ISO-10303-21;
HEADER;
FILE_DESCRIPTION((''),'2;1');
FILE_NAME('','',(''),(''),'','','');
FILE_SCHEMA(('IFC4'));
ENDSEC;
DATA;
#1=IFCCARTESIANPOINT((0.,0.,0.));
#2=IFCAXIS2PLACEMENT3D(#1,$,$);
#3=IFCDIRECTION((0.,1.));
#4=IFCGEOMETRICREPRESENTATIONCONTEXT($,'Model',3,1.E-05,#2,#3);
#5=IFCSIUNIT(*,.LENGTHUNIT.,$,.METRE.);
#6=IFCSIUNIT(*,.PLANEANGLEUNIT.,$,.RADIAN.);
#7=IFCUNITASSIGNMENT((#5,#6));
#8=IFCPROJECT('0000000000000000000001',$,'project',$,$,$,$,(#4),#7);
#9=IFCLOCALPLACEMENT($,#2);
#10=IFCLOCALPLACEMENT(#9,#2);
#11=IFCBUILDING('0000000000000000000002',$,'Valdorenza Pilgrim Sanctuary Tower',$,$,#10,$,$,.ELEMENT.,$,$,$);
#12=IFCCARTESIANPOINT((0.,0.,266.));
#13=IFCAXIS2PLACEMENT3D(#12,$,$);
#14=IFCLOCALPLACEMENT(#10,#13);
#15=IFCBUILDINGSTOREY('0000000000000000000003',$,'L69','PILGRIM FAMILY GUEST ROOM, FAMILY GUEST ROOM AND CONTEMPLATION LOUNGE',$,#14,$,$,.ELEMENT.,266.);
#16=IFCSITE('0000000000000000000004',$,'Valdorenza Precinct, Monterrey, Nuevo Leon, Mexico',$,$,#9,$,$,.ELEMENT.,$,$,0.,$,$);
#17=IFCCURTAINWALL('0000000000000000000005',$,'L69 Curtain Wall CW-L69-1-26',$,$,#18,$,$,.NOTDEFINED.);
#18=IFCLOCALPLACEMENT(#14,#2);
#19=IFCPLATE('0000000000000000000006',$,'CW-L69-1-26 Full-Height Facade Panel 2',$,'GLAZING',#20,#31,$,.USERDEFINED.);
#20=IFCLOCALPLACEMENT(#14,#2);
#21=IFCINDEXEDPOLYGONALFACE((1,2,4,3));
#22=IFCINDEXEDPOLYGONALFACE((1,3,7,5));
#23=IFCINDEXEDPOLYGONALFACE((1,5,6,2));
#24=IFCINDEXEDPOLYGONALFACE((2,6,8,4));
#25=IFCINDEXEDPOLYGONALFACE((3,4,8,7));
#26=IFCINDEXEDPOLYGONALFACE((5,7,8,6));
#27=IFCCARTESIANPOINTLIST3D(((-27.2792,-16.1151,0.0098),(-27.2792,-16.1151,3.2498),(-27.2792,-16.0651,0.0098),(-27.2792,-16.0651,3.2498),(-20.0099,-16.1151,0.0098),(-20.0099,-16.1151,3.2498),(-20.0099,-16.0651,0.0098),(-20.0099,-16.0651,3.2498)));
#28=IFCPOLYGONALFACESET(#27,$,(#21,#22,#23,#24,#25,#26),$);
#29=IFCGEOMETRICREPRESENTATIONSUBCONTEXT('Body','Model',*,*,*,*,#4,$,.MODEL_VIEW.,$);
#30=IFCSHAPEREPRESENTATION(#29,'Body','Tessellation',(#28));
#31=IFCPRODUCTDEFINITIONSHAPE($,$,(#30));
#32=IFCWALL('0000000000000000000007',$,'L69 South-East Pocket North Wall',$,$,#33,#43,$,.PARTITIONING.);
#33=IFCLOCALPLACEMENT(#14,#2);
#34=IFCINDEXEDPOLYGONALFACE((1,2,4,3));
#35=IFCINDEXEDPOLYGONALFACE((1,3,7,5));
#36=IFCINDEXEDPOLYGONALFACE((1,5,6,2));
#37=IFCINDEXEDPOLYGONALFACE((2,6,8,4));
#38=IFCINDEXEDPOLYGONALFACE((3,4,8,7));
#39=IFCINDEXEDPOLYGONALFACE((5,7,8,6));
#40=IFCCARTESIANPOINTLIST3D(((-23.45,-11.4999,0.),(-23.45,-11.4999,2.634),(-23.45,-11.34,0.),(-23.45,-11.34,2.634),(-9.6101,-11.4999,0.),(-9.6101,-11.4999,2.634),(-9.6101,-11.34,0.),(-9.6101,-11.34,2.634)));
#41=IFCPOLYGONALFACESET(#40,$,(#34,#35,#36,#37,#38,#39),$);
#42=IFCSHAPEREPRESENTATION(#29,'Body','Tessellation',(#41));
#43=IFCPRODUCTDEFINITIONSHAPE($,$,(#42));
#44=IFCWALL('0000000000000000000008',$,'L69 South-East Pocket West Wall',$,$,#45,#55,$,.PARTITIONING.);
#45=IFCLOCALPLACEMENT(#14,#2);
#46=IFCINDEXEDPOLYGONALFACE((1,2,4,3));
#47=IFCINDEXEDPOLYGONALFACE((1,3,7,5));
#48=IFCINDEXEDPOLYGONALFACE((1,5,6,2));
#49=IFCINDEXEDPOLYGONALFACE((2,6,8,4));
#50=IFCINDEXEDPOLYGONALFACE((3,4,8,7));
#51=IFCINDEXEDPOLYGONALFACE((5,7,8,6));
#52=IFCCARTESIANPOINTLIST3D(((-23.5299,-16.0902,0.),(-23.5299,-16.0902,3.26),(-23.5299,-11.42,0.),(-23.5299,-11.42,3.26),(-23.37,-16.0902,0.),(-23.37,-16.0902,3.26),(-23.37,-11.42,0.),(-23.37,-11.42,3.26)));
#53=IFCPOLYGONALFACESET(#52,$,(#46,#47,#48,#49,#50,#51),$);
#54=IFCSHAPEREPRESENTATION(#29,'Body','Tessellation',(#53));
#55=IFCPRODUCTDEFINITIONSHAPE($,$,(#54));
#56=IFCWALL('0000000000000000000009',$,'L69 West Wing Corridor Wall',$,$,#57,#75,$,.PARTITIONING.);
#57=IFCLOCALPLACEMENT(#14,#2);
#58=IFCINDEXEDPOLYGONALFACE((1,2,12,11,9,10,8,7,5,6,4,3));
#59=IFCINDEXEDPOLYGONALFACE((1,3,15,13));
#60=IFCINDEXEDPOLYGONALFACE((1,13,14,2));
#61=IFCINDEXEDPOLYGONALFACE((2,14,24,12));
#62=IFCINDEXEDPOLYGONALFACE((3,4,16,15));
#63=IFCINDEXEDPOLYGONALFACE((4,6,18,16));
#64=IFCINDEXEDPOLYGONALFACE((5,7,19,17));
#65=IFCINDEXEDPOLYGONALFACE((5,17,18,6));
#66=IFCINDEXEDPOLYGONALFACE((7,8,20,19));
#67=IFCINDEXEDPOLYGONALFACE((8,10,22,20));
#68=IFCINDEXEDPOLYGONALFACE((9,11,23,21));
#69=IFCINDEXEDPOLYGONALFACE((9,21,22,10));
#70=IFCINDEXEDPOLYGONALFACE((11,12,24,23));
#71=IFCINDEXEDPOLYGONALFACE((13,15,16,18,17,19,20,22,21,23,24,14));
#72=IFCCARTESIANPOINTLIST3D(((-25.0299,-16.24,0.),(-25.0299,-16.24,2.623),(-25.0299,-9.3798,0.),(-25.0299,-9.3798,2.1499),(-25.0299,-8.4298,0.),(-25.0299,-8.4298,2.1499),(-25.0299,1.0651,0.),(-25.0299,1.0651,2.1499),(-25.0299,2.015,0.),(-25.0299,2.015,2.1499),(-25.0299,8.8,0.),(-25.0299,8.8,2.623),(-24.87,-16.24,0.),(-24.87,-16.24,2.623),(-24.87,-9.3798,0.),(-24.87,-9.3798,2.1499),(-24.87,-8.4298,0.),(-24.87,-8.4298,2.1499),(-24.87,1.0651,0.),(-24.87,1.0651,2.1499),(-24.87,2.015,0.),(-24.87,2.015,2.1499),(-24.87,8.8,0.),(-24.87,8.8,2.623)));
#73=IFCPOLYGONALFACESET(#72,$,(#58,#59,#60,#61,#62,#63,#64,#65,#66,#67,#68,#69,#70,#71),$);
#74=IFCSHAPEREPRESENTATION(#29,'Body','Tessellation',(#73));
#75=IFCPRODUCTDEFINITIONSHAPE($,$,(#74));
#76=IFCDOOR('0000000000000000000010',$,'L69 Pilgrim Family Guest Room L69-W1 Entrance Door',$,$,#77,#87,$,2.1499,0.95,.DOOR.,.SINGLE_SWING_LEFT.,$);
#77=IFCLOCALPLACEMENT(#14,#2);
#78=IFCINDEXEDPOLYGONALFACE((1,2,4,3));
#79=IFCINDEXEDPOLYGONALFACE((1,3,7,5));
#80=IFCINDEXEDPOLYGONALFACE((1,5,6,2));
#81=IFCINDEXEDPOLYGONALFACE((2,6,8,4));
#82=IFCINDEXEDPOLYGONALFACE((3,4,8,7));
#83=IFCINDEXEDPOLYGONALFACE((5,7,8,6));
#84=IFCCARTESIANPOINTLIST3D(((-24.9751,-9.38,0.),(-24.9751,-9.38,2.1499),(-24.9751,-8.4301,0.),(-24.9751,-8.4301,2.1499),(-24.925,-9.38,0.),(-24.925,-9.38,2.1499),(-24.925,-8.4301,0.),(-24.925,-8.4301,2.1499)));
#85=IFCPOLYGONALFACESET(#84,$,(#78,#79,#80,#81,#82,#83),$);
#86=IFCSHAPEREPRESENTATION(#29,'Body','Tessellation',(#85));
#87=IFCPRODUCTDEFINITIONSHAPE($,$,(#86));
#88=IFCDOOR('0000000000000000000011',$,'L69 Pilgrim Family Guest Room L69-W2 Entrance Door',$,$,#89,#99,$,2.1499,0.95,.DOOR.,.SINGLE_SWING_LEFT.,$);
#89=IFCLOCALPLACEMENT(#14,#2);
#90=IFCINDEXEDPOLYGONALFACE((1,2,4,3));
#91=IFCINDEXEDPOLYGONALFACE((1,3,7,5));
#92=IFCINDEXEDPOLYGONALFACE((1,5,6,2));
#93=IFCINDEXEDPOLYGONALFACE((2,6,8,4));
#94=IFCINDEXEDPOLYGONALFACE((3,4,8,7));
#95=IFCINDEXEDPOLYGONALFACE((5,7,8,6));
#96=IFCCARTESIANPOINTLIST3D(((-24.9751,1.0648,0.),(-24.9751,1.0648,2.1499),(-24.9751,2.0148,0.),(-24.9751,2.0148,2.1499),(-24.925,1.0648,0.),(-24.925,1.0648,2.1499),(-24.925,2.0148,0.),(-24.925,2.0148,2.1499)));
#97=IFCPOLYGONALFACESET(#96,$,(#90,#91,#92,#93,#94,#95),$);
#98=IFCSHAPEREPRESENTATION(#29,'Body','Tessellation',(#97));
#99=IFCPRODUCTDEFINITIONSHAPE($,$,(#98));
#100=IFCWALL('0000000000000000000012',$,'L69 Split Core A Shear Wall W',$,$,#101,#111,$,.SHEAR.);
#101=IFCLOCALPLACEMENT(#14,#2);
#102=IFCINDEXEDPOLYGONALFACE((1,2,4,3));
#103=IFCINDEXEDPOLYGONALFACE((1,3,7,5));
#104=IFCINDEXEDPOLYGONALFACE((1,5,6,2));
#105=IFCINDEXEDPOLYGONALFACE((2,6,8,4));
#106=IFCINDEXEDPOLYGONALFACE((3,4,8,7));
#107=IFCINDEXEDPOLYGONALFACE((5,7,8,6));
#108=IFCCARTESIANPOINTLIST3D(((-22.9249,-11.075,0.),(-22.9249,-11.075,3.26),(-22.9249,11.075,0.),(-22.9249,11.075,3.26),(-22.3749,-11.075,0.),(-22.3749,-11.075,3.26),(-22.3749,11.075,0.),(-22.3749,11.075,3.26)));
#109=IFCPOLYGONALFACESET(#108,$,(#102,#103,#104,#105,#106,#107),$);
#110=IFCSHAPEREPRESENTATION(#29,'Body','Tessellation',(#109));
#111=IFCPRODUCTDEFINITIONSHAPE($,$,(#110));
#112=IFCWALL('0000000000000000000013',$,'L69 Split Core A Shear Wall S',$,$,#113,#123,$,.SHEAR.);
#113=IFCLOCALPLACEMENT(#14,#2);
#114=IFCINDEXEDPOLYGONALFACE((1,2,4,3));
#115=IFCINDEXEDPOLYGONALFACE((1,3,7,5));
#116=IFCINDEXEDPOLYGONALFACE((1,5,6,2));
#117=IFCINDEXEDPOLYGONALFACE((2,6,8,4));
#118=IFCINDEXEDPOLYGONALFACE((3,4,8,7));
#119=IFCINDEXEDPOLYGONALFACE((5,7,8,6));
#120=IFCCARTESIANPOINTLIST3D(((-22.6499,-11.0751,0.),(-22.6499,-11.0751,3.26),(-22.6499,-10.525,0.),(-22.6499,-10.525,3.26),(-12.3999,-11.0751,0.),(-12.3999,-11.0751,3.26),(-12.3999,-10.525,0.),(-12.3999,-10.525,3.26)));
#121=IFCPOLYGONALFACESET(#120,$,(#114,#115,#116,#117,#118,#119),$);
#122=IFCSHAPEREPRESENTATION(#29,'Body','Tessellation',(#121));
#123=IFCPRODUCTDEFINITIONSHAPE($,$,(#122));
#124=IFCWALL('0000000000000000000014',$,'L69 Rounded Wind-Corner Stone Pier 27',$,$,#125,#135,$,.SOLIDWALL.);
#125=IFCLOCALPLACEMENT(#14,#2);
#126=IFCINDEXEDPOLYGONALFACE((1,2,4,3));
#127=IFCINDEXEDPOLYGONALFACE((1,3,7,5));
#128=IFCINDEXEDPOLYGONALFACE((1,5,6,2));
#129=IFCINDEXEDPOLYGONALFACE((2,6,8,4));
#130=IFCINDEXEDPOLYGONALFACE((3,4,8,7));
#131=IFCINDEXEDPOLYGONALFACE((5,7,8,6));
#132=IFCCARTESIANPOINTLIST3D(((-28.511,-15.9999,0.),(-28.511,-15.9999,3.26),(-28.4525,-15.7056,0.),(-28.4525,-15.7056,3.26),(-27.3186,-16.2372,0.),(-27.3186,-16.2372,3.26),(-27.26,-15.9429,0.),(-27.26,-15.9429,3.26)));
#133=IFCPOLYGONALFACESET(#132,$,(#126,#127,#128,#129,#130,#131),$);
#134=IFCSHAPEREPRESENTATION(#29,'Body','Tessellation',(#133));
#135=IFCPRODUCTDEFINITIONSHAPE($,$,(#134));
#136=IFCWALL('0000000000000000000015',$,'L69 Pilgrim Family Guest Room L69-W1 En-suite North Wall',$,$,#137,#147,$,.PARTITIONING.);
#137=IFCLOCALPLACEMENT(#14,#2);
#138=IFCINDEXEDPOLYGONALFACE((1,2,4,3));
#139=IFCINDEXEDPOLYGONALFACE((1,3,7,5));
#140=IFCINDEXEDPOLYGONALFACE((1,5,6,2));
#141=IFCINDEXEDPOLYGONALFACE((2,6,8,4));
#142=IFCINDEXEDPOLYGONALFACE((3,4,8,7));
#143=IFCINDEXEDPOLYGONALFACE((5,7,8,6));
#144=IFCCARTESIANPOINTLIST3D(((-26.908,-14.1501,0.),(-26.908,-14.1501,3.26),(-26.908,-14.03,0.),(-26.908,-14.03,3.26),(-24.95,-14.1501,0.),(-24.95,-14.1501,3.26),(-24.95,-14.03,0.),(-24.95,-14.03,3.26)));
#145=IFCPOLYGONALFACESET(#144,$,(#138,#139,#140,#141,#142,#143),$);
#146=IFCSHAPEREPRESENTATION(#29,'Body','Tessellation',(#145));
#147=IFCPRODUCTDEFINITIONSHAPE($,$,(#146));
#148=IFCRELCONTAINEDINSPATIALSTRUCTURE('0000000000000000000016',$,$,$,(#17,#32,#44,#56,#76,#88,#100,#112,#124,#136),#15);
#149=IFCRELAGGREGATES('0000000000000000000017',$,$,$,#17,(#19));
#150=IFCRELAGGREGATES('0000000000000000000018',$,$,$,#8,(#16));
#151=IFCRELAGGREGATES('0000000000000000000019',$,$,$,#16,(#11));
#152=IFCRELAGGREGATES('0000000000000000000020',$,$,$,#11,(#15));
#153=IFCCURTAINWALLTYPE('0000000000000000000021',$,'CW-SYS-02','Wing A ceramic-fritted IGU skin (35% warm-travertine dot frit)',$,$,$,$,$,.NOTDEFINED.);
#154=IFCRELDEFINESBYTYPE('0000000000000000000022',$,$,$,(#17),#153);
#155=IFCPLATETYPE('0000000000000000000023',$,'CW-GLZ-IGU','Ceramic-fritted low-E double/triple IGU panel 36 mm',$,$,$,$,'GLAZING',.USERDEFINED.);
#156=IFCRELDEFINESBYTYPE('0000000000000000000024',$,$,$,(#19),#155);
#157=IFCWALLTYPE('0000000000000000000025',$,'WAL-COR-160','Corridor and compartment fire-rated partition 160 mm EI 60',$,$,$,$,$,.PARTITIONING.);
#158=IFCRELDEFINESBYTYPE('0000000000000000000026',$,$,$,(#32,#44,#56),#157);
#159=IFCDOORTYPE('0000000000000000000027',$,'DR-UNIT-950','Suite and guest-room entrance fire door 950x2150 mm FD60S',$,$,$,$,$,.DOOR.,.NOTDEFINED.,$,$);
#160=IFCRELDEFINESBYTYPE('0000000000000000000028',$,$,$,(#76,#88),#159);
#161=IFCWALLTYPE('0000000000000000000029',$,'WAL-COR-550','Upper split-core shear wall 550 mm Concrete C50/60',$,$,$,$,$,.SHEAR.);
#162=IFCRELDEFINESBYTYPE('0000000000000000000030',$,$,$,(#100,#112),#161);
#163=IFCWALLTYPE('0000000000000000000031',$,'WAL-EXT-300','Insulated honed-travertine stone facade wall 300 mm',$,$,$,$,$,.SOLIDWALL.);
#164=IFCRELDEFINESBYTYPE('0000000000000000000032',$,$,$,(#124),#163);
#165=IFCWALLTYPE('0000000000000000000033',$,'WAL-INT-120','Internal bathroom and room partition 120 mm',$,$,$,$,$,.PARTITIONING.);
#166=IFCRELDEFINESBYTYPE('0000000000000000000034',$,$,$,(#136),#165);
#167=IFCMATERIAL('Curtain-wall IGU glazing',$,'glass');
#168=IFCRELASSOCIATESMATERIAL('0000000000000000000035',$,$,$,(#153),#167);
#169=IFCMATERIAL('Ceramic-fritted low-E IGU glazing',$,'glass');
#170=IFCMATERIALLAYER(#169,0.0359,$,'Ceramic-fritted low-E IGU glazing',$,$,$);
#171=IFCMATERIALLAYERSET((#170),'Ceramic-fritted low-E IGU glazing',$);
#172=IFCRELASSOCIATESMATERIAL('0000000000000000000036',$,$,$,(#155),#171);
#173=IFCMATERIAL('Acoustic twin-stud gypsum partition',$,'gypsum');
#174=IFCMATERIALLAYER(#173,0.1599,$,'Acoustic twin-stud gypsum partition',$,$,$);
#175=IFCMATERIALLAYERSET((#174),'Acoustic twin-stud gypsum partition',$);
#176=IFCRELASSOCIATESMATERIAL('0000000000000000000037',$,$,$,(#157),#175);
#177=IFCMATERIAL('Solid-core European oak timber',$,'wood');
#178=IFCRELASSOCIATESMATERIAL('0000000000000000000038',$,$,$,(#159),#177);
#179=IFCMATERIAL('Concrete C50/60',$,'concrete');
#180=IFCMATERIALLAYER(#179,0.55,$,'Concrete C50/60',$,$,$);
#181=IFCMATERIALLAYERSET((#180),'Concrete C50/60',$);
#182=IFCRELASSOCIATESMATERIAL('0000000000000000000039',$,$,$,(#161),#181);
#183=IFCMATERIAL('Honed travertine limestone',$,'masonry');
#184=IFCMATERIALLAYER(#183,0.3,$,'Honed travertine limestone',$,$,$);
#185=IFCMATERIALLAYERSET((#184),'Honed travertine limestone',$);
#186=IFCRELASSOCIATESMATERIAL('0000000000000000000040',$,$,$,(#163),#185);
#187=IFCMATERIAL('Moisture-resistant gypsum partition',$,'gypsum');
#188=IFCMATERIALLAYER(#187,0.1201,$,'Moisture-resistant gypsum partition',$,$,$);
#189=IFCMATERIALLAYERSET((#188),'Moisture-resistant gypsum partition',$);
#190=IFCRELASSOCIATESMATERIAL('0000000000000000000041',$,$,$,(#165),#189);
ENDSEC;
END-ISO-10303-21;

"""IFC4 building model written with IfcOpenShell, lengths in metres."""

from ifc_helpers import new_model, si_unit, direction, frame, frame_2d, origin, origin_2d, place, context, subcontext, project, spatial, rectangle, extrude, source, transform, mapped, material, layer, layer_set, type_object, element, fill, aggregate, save


model = new_model("IFC4")

# Units and contexts
model_context = context("Model", 3, precision=1e-05, world=origin(), true_north=direction((0.0, 1.0)))
body_context = subcontext(model_context, "Body", "Model", "MODEL_VIEW")
ifc_project = project(units=[si_unit("LENGTHUNIT", "METRE"), si_unit("PLANEANGLEUNIT", "RADIAN")], contexts=[model_context])

# Site, building, storey
site_placement = place(None, origin())
site = spatial("IfcSite", under=ifc_project, at=site_placement, Name="Valdorenza Precinct, Monterrey, Nuevo Leon, Mexico", CompositionType="ELEMENT", RefElevation=0.0)
building_placement = place(site_placement, origin())
building = spatial("IfcBuilding", under=site, at=building_placement, Name="Valdorenza Pilgrim Sanctuary Tower", CompositionType="ELEMENT")
storey_placement = place(building_placement, frame((0.0, 0.0, 266.0)))
storey = spatial("IfcBuildingStorey", under=building, at=storey_placement, Name="L69", Description="PILGRIM FAMILY GUEST ROOM, FAMILY GUEST ROOM AND CONTEMPLATION LOUNGE", CompositionType="ELEMENT", Elevation=266.0)

# Shared definitions
ifc_material_1 = material(Name="Concrete C50/60", Category="concrete")

# Curtain wall, plate
ifc_material_2 = material(Name="Curtain-wall IGU glazing", Category="glass")
curtain_wall_type = type_object("IfcCurtainWallType", Name="CW-SYS-02", Description="Wing A ceramic-fritted IGU skin (35% warm-travertine dot frit)", PredefinedType="NOTDEFINED", material=ifc_material_2)
curtain_wall_placement = place(storey_placement, origin())
curtain_wall = element("IfcCurtainWall", 1, at=curtain_wall_placement, inside=storey, type_object=curtain_wall_type, Name="L69 Curtain Wall CW-L69-1-26", PredefinedType="NOTDEFINED")
ifc_material_3 = material(Name="Ceramic-fritted low-E IGU glazing", Category="glass")
ifc_layer_1 = layer(ifc_material_3, 0.0359, Name="Ceramic-fritted low-E IGU glazing")
ifc_layer_set_1 = layer_set([ifc_layer_1], Name="Ceramic-fritted low-E IGU glazing")
plate_type = type_object("IfcPlateType", Name="CW-GLZ-IGU", Description="Ceramic-fritted low-E double/triple IGU panel 36 mm", ElementType="GLAZING", PredefinedType="USERDEFINED", material=ifc_layer_set_1)
shared_shape_1 = source(origin(), body_context, "Body", "SweptSolid", [
    extrude(rectangle(XDim=7.2693, YDim=0.05, at=origin_2d()), origin(), (0.0, 0.0, 1.0), 3.24),
])
plate_placement = place(storey_placement, frame((-23.6445, -16.0901, 0.0098), z_axis=(0.0, 0.0, 1.0), x_axis=(-1.0, 0.0, 0.0)))
plate = element("IfcPlate", 2, at=plate_placement, type_object=plate_type, Name="CW-L69-1-26 Full-Height Facade Panel 2", ObjectType="GLAZING", PredefinedType="USERDEFINED", context=body_context, shape_type="MappedRepresentation", body=[
    mapped(shared_shape_1, transform((0.0, 0.0, 0.0), x_axis=(1.0, 0.0, 0.0), y_axis=(0.0, 1.0, 0.0), z_axis=(0.0, 0.0, 1.0), scale=1.0)),
])
aggregate(curtain_wall, [plate])

# Walls
ifc_material_4 = material(Name="Acoustic twin-stud gypsum partition", Category="gypsum")
ifc_layer_2 = layer(ifc_material_4, 0.1599, Name="Acoustic twin-stud gypsum partition")
ifc_layer_set_2 = layer_set([ifc_layer_2], Name="Acoustic twin-stud gypsum partition")
wall_type_1 = type_object("IfcWallType", Name="WAL-COR-160", Description="Corridor and compartment fire-rated partition 160 mm EI 60", PredefinedType="PARTITIONING", material=ifc_layer_set_2)
wall_1_placement = place(storey_placement, frame((-23.45, -11.4199, 0.0), z_axis=(0.0, 0.0, 1.0), x_axis=(1.0, 0.0, 0.0)))
element("IfcWall", 3, at=wall_1_placement, inside=storey, type_object=wall_type_1, Name="L69 South-East Pocket North Wall", PredefinedType="PARTITIONING", context=body_context, shape_type="SweptSolid", body=[
    extrude(rectangle(XDim=13.8398, YDim=0.1599, at=frame_2d((6.9199, 0.0))), origin(), (0.0, 0.0, 1.0), 2.634),
])
wall_2_placement = place(storey_placement, frame((-23.45, -16.0901, 0.0), z_axis=(0.0, 0.0, 1.0), x_axis=(0.0, 1.0, 0.0)))
element("IfcWall", 4, at=wall_2_placement, inside=storey, type_object=wall_type_1, Name="L69 South-East Pocket West Wall", PredefinedType="PARTITIONING", context=body_context, shape_type="SweptSolid", body=[
    extrude(rectangle(XDim=4.6702, YDim=0.1599, at=frame_2d((2.335, 0.0))), origin(), (0.0, 0.0, 1.0), 3.26),
])

# Wall, openings, doors
wall_3_placement = place(storey_placement, frame((-24.95, -16.24, 0.0), z_axis=(0.0, 0.0, 1.0), x_axis=(0.0, 1.0, 0.0)))
wall_3 = element("IfcWall", 5, at=wall_3_placement, inside=storey, type_object=wall_type_1, Name="L69 West Wing Corridor Wall", PredefinedType="PARTITIONING", context=body_context, shape_type="SweptSolid", body=[
    extrude(rectangle(XDim=25.04, YDim=0.1599, at=frame_2d((12.52, 0.0))), origin(), (0.0, 0.0, 1.0), 2.623),
])
opening_1_placement = place(wall_3_placement, frame((6.8601, 0.0, 0.0)))
opening_1 = element("IfcOpeningElement", 6, at=opening_1_placement, cuts=wall_3, PredefinedType="OPENING", context=body_context, shape_type="SweptSolid", body=[
    extrude(rectangle(XDim=0.95, YDim=2.1499, at=frame_2d((0.4751, 1.075))), frame((0.0, 0.0947, 0.0), z_axis=(0.0, -1.0, 0.0), x_axis=(1.0, 0.0, 0.0)), (0.0, 0.0, 1.0), 0.1897),
])
opening_2_placement = place(wall_3_placement, frame((17.3049, 0.0, 0.0)))
opening_2 = element("IfcOpeningElement", 7, at=opening_2_placement, cuts=wall_3, PredefinedType="OPENING", context=body_context, shape_type="SweptSolid", body=[
    extrude(rectangle(XDim=0.95, YDim=2.1499, at=frame_2d((0.4751, 1.075))), frame((0.0, 0.0947, 0.0), z_axis=(0.0, -1.0, 0.0), x_axis=(1.0, 0.0, 0.0)), (0.0, 0.0, 1.0), 0.1897),
])
ifc_material_5 = material(Name="Solid-core European oak timber", Category="wood")
door_type_1 = type_object("IfcDoorType", Name="DR-UNIT-950", Description="Suite and guest-room entrance fire door 950x2150 mm FD60S", OperationType="NOTDEFINED", PredefinedType="DOOR", material=ifc_material_5)
door_1_placement = place(opening_1_placement, frame((0.95, 0.0, 0.0), z_axis=(0.0, 0.0, 1.0), x_axis=(-1.0, 0.0, 0.0)))
door_1 = element("IfcDoor", 8, at=door_1_placement, inside=storey, type_object=door_type_1, Name="L69 Pilgrim Family Guest Room L69-W1 Entrance Door", OperationType="SINGLE_SWING_LEFT", OverallHeight=2.1499, OverallWidth=0.95, PredefinedType="DOOR", context=body_context, shape_type="SweptSolid", body=[
    extrude(rectangle(XDim=0.95, YDim=2.1499, at=frame_2d((0.4751, 1.075))), frame((0.0, 0.0249, 0.0), z_axis=(0.0, -1.0, 0.0), x_axis=(1.0, 0.0, 0.0)), (0.0, 0.0, 1.0), 0.05),
])
fill(opening_1, door_1)
door_2_placement = place(opening_2_placement, frame((0.95, 0.0, 0.0), z_axis=(0.0, 0.0, 1.0), x_axis=(-1.0, 0.0, 0.0)))
door_2 = element("IfcDoor", 9, at=door_2_placement, inside=storey, type_object=door_type_1, Name="L69 Pilgrim Family Guest Room L69-W2 Entrance Door", OperationType="SINGLE_SWING_LEFT", OverallHeight=2.1499, OverallWidth=0.95, PredefinedType="DOOR", context=body_context, shape_type="SweptSolid", body=[
    extrude(rectangle(XDim=0.95, YDim=2.1499, at=frame_2d((0.4751, 1.075))), frame((0.0, 0.0249, 0.0), z_axis=(0.0, -1.0, 0.0), x_axis=(1.0, 0.0, 0.0)), (0.0, 0.0, 1.0), 0.05),
])
fill(opening_2, door_2)

# Walls
ifc_layer_3 = layer(ifc_material_1, 0.55, Name="Concrete C50/60")
ifc_layer_set_3 = layer_set([ifc_layer_3], Name="Concrete C50/60")
wall_type_2 = type_object("IfcWallType", Name="WAL-COR-550", Description="Upper split-core shear wall 550 mm Concrete C50/60", PredefinedType="SHEAR", material=ifc_layer_set_3)
wall_4_placement = place(storey_placement, frame((-22.6499, -11.075, 0.0), z_axis=(0.0, 0.0, 1.0), x_axis=(0.0, 1.0, 0.0)))
element("IfcWall", 10, at=wall_4_placement, inside=storey, type_object=wall_type_2, Name="L69 Split Core A Shear Wall W", PredefinedType="SHEAR", context=body_context, shape_type="SweptSolid", body=[
    extrude(rectangle(XDim=22.1499, YDim=0.55, at=frame_2d((11.075, 0.0))), origin(), (0.0, 0.0, 1.0), 3.26),
])
wall_5_placement = place(storey_placement, frame((-22.6499, -10.8, 0.0), z_axis=(0.0, 0.0, 1.0), x_axis=(1.0, 0.0, 0.0)))
element("IfcWall", 11, at=wall_5_placement, inside=storey, type_object=wall_type_2, Name="L69 Split Core A Shear Wall S", PredefinedType="SHEAR", context=body_context, shape_type="SweptSolid", body=[
    extrude(rectangle(XDim=10.25, YDim=0.55, at=frame_2d((5.125, 0.0))), origin(), (0.0, 0.0, 1.0), 3.26),
])
ifc_material_6 = material(Name="Honed travertine limestone", Category="masonry")
ifc_layer_4 = layer(ifc_material_6, 0.3, Name="Honed travertine limestone")
ifc_layer_set_4 = layer_set([ifc_layer_4], Name="Honed travertine limestone")
wall_type_3 = type_object("IfcWallType", Name="WAL-EXT-300", Description="Insulated honed-travertine stone facade wall 300 mm", PredefinedType="SOLIDWALL", material=ifc_layer_set_4)
wall_6_placement = place(storey_placement, frame((-27.2893, -16.0901, 0.0), z_axis=(0.0, 0.0, 1.0), x_axis=(-0.980766, 0.195189, 0.0)))
element("IfcWall", 12, at=wall_6_placement, inside=storey, type_object=wall_type_3, Name="L69 Rounded Wind-Corner Stone Pier 27", PredefinedType="SOLIDWALL", context=body_context, shape_type="SweptSolid", body=[
    extrude(rectangle(XDim=1.2158, YDim=0.3, at=frame_2d((0.6079, 0.0))), origin(), (0.0, 0.0, 1.0), 3.26),
])
ifc_material_7 = material(Name="Moisture-resistant gypsum partition", Category="gypsum")
ifc_layer_5 = layer(ifc_material_7, 0.1201, Name="Moisture-resistant gypsum partition")
ifc_layer_set_5 = layer_set([ifc_layer_5], Name="Moisture-resistant gypsum partition")
wall_type_4 = type_object("IfcWallType", Name="WAL-INT-120", Description="Internal bathroom and room partition 120 mm", PredefinedType="PARTITIONING", material=ifc_layer_set_5)
wall_7_placement = place(storey_placement, frame((-26.908, -14.0901, 0.0), z_axis=(0.0, 0.0, 1.0), x_axis=(1.0, 0.0, 0.0)))
element("IfcWall", 13, at=wall_7_placement, inside=storey, type_object=wall_type_4, Name="L69 Pilgrim Family Guest Room L69-W1 En-suite North Wall", PredefinedType="PARTITIONING", context=body_context, shape_type="SweptSolid", body=[
    extrude(rectangle(XDim=1.958, YDim=0.1201, at=frame_2d((0.979, 0.0))), origin(), (0.0, 0.0, 1.0), 3.26),
])

save(model, "model.ifc")
